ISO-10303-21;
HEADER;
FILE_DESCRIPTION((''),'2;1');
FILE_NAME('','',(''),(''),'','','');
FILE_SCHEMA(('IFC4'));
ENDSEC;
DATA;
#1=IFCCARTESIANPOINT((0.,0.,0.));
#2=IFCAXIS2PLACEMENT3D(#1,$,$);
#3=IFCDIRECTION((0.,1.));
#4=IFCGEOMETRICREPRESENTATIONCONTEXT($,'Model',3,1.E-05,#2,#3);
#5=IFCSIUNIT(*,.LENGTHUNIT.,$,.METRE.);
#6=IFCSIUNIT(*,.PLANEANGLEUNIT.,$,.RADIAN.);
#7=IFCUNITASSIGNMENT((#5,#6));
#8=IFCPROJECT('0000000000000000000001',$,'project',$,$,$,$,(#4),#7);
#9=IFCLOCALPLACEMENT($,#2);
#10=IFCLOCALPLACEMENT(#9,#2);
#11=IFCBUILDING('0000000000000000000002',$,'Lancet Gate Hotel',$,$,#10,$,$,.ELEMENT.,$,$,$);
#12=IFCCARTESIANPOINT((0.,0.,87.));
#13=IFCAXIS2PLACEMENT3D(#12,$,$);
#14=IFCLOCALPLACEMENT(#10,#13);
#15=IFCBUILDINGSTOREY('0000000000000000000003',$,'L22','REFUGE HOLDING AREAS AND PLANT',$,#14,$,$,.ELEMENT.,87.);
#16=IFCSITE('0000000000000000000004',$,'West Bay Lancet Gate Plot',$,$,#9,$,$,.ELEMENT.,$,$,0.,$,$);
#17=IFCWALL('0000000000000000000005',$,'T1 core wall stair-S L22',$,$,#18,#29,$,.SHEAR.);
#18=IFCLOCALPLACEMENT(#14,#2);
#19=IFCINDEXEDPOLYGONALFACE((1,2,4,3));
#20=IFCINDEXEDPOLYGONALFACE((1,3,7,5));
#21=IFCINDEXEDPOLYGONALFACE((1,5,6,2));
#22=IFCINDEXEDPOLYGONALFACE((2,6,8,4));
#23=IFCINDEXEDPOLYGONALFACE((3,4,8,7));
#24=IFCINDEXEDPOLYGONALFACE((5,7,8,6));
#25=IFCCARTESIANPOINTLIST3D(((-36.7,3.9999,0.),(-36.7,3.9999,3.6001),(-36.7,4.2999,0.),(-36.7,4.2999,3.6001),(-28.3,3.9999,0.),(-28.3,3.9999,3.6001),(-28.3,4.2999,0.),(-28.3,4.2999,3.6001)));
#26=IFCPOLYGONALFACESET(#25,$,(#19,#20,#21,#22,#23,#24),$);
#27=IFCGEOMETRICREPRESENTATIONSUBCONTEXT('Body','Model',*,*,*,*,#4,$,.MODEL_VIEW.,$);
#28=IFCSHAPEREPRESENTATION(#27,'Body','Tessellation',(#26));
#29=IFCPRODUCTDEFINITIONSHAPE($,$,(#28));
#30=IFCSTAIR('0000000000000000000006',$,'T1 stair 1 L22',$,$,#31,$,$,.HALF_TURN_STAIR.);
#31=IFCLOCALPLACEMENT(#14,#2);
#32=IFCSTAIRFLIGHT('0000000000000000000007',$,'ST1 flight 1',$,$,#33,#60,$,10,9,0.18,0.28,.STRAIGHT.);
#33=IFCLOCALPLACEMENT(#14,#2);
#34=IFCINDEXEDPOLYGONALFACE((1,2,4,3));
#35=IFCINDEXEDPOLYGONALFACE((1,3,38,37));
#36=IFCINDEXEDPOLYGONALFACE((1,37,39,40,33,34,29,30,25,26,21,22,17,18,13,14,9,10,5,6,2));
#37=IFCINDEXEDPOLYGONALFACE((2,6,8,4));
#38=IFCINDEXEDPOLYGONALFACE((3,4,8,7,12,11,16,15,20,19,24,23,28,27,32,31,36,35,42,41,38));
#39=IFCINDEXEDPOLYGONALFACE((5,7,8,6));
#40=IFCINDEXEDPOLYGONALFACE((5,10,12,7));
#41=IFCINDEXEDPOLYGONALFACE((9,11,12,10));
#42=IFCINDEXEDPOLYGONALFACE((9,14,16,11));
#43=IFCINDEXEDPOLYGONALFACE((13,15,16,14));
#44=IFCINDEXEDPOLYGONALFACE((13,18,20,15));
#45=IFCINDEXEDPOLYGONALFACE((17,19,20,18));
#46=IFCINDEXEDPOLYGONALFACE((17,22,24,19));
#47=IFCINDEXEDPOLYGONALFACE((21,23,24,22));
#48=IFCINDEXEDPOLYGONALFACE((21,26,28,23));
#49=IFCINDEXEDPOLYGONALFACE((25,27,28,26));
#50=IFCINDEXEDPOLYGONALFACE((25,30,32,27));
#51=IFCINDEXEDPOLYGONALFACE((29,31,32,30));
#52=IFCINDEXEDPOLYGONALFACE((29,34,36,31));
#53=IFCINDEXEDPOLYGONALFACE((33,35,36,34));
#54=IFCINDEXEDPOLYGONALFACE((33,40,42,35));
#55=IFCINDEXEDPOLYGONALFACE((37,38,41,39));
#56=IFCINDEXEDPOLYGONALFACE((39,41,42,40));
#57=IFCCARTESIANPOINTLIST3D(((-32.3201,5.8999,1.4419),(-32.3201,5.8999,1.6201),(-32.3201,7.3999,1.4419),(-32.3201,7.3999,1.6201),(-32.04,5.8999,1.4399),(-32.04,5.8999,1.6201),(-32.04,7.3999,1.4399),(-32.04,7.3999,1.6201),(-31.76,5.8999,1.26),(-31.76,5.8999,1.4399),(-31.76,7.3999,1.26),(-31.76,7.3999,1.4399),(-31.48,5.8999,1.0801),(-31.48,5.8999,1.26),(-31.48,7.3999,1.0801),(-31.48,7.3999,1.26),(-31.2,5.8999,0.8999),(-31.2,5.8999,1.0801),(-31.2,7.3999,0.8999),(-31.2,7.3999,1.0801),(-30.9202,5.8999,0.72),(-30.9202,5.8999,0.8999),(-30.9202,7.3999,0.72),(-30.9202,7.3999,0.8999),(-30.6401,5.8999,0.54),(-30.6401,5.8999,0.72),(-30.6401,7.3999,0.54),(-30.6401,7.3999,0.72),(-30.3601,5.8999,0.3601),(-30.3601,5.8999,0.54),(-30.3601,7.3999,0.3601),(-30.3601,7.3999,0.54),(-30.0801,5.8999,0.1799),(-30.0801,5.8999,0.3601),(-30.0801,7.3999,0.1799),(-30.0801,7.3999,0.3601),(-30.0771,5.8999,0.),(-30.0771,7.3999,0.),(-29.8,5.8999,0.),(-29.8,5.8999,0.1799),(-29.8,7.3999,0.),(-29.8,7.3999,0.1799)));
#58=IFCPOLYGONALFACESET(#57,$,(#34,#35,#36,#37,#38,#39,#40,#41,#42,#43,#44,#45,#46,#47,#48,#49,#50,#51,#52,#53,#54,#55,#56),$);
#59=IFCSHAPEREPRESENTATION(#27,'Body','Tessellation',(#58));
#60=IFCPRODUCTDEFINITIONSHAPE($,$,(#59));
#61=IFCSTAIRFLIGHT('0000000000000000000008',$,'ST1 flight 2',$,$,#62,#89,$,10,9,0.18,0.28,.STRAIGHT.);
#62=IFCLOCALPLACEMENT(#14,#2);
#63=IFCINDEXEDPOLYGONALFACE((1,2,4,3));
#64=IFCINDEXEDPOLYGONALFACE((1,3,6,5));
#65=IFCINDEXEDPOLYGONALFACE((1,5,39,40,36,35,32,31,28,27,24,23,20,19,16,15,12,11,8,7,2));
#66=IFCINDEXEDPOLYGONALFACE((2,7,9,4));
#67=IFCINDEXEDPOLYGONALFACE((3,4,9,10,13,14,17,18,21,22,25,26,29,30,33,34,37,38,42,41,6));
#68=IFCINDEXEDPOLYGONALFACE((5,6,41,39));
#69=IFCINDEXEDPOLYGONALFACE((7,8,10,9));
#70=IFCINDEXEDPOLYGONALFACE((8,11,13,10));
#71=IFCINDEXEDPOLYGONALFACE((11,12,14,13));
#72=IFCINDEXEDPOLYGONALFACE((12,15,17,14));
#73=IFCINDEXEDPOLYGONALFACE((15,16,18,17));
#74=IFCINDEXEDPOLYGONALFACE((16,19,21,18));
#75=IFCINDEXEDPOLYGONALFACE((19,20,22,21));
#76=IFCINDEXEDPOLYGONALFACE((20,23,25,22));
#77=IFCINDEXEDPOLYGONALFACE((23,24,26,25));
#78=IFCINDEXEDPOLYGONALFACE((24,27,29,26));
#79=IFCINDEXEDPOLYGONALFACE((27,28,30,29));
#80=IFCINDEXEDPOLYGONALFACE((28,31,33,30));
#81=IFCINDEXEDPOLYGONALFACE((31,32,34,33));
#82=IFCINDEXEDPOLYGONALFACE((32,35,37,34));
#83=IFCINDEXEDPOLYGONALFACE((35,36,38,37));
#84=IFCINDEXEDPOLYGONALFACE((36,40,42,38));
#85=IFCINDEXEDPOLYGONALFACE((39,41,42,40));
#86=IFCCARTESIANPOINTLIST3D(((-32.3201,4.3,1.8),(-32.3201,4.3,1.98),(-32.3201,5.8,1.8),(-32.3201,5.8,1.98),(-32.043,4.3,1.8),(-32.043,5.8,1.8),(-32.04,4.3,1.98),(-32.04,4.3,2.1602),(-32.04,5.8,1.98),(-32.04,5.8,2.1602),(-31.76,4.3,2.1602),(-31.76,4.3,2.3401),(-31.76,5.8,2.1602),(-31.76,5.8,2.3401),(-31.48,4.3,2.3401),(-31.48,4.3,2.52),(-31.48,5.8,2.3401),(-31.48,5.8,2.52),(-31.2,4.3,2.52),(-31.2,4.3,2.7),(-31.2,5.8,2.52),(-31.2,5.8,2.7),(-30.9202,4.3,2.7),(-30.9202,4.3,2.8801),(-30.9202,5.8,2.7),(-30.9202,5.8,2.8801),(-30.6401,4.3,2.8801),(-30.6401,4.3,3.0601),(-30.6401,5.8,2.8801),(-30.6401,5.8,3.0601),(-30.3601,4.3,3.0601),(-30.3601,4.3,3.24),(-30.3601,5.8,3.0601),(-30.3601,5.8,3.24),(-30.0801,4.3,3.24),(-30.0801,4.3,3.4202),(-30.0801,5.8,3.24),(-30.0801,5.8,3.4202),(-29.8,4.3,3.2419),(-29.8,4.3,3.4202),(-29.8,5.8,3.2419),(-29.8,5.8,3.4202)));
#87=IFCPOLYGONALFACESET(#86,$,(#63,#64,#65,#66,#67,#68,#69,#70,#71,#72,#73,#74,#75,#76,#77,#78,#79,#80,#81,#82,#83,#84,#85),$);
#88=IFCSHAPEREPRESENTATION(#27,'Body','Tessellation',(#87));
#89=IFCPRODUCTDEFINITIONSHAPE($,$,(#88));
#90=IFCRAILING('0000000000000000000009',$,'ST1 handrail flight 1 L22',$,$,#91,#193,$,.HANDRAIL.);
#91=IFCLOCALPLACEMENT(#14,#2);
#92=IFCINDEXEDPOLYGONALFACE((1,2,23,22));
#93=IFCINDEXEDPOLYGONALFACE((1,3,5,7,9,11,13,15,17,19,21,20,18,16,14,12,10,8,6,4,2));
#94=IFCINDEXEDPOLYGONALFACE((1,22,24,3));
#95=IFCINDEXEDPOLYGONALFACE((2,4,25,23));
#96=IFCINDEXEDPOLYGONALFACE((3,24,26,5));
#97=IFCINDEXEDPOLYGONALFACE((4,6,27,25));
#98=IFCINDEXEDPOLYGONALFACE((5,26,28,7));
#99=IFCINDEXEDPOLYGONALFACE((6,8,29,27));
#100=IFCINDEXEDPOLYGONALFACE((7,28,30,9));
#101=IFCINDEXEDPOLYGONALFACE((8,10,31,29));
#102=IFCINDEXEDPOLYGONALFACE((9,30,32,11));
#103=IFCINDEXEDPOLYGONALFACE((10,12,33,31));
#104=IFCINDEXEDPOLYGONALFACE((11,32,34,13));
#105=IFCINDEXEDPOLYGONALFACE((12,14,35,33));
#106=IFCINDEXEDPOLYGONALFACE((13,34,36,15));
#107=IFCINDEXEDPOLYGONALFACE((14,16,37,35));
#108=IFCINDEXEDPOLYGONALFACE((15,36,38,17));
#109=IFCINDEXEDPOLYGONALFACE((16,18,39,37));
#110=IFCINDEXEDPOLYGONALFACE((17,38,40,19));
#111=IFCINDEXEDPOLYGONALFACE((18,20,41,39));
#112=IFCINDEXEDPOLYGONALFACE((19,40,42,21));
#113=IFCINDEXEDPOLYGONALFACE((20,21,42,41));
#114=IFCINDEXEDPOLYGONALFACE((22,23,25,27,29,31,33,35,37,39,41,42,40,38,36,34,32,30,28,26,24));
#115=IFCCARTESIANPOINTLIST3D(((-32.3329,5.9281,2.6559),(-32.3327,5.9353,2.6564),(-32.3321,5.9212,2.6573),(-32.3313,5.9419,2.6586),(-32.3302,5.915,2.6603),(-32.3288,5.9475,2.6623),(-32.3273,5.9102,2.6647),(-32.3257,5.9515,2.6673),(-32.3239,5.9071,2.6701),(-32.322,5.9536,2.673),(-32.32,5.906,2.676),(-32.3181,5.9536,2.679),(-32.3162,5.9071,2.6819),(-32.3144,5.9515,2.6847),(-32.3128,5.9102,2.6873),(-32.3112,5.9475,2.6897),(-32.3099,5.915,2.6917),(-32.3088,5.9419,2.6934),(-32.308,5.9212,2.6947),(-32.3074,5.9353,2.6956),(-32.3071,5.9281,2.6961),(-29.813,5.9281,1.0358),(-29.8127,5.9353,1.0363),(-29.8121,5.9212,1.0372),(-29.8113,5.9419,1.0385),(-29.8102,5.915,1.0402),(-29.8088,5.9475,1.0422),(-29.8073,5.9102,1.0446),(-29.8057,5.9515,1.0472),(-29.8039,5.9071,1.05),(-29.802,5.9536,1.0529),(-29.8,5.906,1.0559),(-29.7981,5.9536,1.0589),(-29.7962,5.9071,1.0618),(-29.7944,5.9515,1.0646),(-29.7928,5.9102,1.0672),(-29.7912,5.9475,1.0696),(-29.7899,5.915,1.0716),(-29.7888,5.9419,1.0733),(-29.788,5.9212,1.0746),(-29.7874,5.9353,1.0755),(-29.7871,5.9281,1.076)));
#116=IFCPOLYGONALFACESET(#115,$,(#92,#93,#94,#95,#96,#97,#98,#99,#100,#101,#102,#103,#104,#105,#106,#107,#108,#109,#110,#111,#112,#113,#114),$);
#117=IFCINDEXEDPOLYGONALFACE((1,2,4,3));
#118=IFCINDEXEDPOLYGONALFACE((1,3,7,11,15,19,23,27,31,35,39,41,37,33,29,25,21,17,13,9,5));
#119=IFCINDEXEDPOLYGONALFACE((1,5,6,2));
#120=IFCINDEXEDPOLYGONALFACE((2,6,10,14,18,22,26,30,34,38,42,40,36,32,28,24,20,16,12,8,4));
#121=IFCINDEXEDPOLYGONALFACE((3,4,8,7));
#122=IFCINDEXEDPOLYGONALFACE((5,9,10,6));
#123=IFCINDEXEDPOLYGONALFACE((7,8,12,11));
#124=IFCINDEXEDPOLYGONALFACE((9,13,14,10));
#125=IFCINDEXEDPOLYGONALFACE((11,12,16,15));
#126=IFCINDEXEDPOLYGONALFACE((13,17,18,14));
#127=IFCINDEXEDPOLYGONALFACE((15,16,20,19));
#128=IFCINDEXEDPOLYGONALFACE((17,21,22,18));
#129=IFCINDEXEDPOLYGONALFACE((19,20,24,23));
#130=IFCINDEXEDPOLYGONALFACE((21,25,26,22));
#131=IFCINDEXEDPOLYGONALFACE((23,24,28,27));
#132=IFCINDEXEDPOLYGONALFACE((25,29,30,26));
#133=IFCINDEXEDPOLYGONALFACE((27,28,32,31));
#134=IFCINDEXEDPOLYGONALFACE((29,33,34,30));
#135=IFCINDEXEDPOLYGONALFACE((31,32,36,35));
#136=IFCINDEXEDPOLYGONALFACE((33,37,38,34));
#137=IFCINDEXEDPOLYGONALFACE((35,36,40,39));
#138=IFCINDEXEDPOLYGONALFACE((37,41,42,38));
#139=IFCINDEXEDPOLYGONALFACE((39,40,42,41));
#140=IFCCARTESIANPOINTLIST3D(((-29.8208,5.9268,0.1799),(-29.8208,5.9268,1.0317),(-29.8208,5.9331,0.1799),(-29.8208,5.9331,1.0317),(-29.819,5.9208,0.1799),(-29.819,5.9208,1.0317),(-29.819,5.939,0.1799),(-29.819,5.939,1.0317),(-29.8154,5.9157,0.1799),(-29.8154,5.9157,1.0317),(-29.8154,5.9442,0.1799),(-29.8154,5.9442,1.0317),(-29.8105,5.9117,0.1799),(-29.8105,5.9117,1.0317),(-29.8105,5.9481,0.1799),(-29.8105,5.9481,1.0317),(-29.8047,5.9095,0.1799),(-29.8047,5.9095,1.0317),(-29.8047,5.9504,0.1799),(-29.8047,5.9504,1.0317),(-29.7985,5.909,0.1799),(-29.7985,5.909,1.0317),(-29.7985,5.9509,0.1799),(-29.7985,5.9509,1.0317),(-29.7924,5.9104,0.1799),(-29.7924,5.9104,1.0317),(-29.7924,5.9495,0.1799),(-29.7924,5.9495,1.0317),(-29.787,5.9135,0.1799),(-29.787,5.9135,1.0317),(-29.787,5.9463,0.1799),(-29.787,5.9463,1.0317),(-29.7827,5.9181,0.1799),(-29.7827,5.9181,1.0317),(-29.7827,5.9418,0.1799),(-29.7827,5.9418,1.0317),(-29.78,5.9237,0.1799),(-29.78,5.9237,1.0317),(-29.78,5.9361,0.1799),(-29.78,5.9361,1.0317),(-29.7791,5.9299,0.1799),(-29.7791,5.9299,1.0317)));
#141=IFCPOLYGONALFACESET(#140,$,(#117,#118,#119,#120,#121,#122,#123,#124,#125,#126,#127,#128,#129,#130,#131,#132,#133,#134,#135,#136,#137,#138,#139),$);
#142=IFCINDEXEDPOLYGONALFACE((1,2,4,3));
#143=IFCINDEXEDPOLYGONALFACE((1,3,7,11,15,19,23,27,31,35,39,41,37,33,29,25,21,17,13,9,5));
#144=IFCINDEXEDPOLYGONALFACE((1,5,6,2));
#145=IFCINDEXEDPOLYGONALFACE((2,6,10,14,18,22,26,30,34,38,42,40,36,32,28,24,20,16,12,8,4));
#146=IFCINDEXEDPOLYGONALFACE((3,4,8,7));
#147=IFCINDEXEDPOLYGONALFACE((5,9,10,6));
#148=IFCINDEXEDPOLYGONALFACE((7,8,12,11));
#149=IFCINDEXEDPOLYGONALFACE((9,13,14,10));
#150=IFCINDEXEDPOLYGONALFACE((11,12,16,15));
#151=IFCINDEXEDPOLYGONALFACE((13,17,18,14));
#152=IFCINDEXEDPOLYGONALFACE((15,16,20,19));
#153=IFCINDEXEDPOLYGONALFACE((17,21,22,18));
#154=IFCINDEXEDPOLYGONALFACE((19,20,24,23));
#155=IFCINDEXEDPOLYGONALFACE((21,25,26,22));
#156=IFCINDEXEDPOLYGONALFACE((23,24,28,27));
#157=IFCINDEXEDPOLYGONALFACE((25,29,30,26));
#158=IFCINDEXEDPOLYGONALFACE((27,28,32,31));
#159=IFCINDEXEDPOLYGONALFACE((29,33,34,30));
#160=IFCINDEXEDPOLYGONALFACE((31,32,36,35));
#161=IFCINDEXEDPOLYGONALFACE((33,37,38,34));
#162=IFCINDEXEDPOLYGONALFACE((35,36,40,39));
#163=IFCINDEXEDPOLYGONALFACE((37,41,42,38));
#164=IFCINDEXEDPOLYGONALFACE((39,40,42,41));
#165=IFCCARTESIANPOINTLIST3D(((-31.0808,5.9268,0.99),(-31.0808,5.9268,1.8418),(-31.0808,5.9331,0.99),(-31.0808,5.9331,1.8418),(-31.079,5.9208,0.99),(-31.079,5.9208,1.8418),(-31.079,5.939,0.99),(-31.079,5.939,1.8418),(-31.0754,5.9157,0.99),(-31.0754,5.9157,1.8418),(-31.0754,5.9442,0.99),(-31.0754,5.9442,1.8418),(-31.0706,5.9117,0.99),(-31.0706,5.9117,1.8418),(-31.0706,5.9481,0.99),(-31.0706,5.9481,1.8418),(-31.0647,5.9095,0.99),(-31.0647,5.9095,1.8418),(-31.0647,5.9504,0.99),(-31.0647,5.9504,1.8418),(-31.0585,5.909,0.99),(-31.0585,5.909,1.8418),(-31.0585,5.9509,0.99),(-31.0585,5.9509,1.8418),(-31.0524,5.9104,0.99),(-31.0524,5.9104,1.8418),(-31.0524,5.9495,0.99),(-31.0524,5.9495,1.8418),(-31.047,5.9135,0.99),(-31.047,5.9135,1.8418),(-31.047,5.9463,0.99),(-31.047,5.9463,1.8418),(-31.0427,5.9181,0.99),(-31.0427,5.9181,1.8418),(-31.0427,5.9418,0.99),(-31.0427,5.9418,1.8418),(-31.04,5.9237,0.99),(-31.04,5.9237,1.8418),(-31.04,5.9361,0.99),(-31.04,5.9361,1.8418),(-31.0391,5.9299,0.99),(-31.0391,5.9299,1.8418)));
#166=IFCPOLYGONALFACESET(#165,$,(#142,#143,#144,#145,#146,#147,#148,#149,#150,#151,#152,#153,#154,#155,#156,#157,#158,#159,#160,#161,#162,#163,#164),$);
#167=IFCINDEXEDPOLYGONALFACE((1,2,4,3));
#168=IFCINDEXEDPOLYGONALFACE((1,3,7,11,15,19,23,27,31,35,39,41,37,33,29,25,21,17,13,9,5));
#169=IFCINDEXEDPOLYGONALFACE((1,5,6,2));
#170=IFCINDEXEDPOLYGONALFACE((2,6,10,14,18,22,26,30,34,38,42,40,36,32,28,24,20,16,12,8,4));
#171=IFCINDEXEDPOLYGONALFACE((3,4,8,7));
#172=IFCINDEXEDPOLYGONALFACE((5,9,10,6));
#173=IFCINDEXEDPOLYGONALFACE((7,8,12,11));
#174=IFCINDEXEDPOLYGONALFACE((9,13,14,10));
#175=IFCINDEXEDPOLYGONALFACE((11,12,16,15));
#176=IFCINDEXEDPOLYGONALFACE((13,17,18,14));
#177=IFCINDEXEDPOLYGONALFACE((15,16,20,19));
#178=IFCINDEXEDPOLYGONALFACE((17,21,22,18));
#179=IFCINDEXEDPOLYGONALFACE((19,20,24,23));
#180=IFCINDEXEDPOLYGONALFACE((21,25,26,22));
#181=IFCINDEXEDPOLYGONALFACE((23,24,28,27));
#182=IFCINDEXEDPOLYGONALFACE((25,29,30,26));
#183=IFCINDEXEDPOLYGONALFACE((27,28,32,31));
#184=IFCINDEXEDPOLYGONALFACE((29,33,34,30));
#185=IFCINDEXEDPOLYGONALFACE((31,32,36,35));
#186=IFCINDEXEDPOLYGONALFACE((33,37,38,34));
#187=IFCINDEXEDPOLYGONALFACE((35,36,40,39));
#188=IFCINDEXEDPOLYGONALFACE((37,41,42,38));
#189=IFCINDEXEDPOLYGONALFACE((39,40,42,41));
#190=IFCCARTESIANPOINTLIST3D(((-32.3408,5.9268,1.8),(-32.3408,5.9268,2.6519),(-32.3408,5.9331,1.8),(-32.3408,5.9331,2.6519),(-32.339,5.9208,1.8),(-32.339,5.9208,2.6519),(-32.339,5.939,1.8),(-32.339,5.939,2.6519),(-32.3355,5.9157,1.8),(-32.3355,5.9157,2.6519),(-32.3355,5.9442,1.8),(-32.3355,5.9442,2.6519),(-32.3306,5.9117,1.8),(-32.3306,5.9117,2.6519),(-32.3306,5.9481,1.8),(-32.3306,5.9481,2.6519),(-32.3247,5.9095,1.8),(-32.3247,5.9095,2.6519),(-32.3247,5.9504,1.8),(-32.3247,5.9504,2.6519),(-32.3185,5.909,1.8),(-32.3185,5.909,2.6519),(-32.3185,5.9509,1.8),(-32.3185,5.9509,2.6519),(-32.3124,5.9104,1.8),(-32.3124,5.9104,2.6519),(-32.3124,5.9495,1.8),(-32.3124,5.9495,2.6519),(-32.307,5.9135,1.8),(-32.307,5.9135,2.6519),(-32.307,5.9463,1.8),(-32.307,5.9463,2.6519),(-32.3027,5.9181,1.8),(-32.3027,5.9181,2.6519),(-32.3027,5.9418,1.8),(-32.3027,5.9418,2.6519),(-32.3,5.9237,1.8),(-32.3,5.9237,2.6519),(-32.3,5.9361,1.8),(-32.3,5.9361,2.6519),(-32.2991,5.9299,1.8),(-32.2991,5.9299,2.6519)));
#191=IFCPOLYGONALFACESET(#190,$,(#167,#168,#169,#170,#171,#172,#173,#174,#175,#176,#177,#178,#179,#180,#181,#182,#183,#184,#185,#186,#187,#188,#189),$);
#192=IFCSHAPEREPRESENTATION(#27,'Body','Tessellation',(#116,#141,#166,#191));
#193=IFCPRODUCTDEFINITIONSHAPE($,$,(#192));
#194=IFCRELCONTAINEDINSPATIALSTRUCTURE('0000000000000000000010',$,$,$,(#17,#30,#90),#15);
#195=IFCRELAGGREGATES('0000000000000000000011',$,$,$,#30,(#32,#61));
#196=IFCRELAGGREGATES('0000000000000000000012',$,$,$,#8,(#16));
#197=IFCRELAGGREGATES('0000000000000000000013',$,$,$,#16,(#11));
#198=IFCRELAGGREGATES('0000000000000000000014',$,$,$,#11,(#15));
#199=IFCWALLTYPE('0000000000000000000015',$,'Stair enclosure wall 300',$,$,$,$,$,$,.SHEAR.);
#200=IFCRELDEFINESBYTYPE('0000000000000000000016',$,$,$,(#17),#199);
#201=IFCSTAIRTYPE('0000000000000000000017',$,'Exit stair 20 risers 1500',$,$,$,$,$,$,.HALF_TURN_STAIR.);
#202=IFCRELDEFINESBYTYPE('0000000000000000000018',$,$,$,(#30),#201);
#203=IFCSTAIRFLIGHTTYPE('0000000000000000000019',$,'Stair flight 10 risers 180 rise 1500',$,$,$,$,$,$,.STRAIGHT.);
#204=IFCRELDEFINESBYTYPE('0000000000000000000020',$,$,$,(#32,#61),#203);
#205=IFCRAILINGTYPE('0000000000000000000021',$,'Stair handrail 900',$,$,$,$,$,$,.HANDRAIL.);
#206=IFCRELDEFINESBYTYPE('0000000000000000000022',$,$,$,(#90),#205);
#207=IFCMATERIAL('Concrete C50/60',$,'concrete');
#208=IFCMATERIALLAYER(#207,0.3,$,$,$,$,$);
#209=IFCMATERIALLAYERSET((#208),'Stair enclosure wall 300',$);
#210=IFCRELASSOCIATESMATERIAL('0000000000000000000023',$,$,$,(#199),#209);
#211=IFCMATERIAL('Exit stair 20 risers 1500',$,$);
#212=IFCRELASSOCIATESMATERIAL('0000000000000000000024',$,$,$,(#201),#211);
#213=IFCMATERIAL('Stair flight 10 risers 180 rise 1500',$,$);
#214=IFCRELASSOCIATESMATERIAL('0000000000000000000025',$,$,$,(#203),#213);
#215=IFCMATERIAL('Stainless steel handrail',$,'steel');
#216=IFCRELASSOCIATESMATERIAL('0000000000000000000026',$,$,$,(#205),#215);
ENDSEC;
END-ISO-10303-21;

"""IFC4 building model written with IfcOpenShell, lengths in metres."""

from ifc_helpers import new_model, si_unit, direction, frame, frame_2d, origin, origin_2d, place, context, subcontext, project, spatial, polyline, rectangle, circle, outline, extrude, material, layer, layer_set, type_object, element, aggregate, save


model = new_model("IFC4")

# Units and contexts
model_context = context("Model", 3, precision=1e-05, world=origin(), true_north=direction((0.0, 1.0)))
body_context = subcontext(model_context, "Body", "Model", "MODEL_VIEW")
ifc_project = project(units=[si_unit("LENGTHUNIT", "METRE"), si_unit("PLANEANGLEUNIT", "RADIAN")], contexts=[model_context])

# Site, building, storey
site_placement = place(None, origin())
site = spatial("IfcSite", under=ifc_project, at=site_placement, Name="West Bay Lancet Gate Plot", CompositionType="ELEMENT", RefElevation=0.0)
building_placement = place(site_placement, origin())
building = spatial("IfcBuilding", under=site, at=building_placement, Name="Lancet Gate Hotel", CompositionType="ELEMENT")
storey_placement = place(building_placement, frame((0.0, 0.0, 87.0)))
storey = spatial("IfcBuildingStorey", under=building, at=storey_placement, Name="L22", Description="REFUGE HOLDING AREAS AND PLANT", CompositionType="ELEMENT", Elevation=87.0)

# Wall
ifc_material_1 = material(Name="Concrete C50/60", Category="concrete")
ifc_layer_1 = layer(ifc_material_1, 0.3)
ifc_layer_set_1 = layer_set([ifc_layer_1], Name="Stair enclosure wall 300")
wall_type_1 = type_object("IfcWallType", Name="Stair enclosure wall 300", PredefinedType="SHEAR", material=ifc_layer_set_1)
wall_1_placement = place(storey_placement, frame((-28.3, 4.1499, 0.0), z_axis=(0.0, 0.0, 1.0), x_axis=(-1.0, 0.0, 0.0)))
element("IfcWall", 1, at=wall_1_placement, inside=storey, type_object=wall_type_1, Name="T1 core wall stair-S L22", PredefinedType="SHEAR", context=body_context, shape_type="SweptSolid", body=[
    extrude(rectangle(XDim=8.3999, YDim=0.3, at=frame_2d((4.2, 0.0))), origin(), (0.0, 0.0, 1.0), 3.6001),
])

# Stair, stair flights
ifc_material_2 = material(Name="Exit stair 20 risers 1500")
stair_type = type_object("IfcStairType", Name="Exit stair 20 risers 1500", PredefinedType="HALF_TURN_STAIR", material=ifc_material_2)
stair_placement = place(storey_placement, origin())
stair = element("IfcStair", 2, at=stair_placement, inside=storey, type_object=stair_type, Name="T1 stair 1 L22", PredefinedType="HALF_TURN_STAIR")
ifc_material_3 = material(Name="Stair flight 10 risers 180 rise 1500")
stair_flight_type = type_object("IfcStairFlightType", Name="Stair flight 10 risers 180 rise 1500", PredefinedType="STRAIGHT", material=ifc_material_3)
stair_flight_1_placement = place(storey_placement, frame((-29.8, 6.6499, 0.0), z_axis=(0.0, 0.0, 1.0), x_axis=(-1.0, 0.0, 0.0)))
stair_flight_1 = element("IfcStairFlight", 3, at=stair_flight_1_placement, type_object=stair_flight_type, Name="ST1 flight 1", NumberOfRisers=10, NumberOfTreads=9, PredefinedType="STRAIGHT", RiserHeight=0.18, TreadLength=0.28, context=body_context, shape_type="SweptSolid", body=[
    extrude(outline(polyline([(0.0, 0.0), (0.0, 0.1799), (0.28, 0.1799), (0.28, 0.3601), (0.5601, 0.3601), (0.5601, 0.54), (0.8401, 0.54), (0.8401, 0.72), (1.1201, 0.72), (1.1201, 0.8999), (1.3999, 0.8999), (1.3999, 1.0801), (1.6799, 1.0801), (1.6799, 1.26), (1.96, 1.26), (1.96, 1.4399), (2.24, 1.4399), (2.24, 1.6201), (2.52, 1.6201), (2.52, 1.8), (2.52, 1.4419), (0.2771, 0.0), (0.0, 0.0)])), frame((0.0, 0.75, 0.0), z_axis=(0.0, -1.0, 0.0), x_axis=(1.0, 0.0, 0.0)), (0.0, 0.0, 1.0), 1.5),
])
stair_flight_2_placement = place(storey_placement, frame((-32.3201, 5.05, 1.8), z_axis=(0.0, 0.0, 1.0), x_axis=(1.0, 0.0, 0.0)))
stair_flight_2 = element("IfcStairFlight", 4, at=stair_flight_2_placement, type_object=stair_flight_type, Name="ST1 flight 2", NumberOfRisers=10, NumberOfTreads=9, PredefinedType="STRAIGHT", RiserHeight=0.18, TreadLength=0.28, context=body_context, shape_type="SweptSolid", body=[
    extrude(outline(polyline([(0.0, 0.0), (0.0, 0.1799), (0.28, 0.1799), (0.28, 0.3601), (0.5601, 0.3601), (0.5601, 0.54), (0.8401, 0.54), (0.8401, 0.72), (1.1201, 0.72), (1.1201, 0.8999), (1.3999, 0.8999), (1.3999, 1.0801), (1.6799, 1.0801), (1.6799, 1.26), (1.96, 1.26), (1.96, 1.4399), (2.24, 1.4399), (2.24, 1.6201), (2.52, 1.6201), (2.52, 1.8), (2.52, 1.4419), (0.2771, 0.0), (0.0, 0.0)])), frame((0.0, 0.75, 0.0), z_axis=(0.0, -1.0, 0.0), x_axis=(1.0, 0.0, 0.0)), (0.0, 0.0, 1.0), 1.5),
])
aggregate(stair, [stair_flight_1, stair_flight_2])

# Railing
ifc_material_4 = material(Name="Stainless steel handrail", Category="steel")
railing_type = type_object("IfcRailingType", Name="Stair handrail 900", PredefinedType="HANDRAIL", material=ifc_material_4)
railing_1_placement = place(storey_placement, frame((-29.8, 5.9299, 0.1799)))
element("IfcRailing", 5, at=railing_1_placement, inside=storey, type_object=railing_type, Name="ST1 handrail flight 1 L22", PredefinedType="HANDRAIL", context=body_context, shape_type="SweptSolid", body=[
    extrude(circle(Radius=0.0239, at=origin_2d()), frame((0.0, 0.0, 0.876), z_axis=(-0.841163, 0.0, 0.540782), x_axis=(0.0, -1.0, 0.0)), (0.0, 0.0, 1.0), 2.9958),
    extrude(circle(Radius=0.021, at=origin_2d()), origin(), (0.0, 0.0, 1.0), 0.8518),
    extrude(circle(Radius=0.021, at=origin_2d()), frame((-1.26, 0.0, 0.8101)), (0.0, 0.0, 1.0), 0.8518),
    extrude(circle(Radius=0.021, at=origin_2d()), frame((-2.52, 0.0, 1.6201)), (0.0, 0.0, 1.0), 0.8518),
])

save(model, "model.ifc")
